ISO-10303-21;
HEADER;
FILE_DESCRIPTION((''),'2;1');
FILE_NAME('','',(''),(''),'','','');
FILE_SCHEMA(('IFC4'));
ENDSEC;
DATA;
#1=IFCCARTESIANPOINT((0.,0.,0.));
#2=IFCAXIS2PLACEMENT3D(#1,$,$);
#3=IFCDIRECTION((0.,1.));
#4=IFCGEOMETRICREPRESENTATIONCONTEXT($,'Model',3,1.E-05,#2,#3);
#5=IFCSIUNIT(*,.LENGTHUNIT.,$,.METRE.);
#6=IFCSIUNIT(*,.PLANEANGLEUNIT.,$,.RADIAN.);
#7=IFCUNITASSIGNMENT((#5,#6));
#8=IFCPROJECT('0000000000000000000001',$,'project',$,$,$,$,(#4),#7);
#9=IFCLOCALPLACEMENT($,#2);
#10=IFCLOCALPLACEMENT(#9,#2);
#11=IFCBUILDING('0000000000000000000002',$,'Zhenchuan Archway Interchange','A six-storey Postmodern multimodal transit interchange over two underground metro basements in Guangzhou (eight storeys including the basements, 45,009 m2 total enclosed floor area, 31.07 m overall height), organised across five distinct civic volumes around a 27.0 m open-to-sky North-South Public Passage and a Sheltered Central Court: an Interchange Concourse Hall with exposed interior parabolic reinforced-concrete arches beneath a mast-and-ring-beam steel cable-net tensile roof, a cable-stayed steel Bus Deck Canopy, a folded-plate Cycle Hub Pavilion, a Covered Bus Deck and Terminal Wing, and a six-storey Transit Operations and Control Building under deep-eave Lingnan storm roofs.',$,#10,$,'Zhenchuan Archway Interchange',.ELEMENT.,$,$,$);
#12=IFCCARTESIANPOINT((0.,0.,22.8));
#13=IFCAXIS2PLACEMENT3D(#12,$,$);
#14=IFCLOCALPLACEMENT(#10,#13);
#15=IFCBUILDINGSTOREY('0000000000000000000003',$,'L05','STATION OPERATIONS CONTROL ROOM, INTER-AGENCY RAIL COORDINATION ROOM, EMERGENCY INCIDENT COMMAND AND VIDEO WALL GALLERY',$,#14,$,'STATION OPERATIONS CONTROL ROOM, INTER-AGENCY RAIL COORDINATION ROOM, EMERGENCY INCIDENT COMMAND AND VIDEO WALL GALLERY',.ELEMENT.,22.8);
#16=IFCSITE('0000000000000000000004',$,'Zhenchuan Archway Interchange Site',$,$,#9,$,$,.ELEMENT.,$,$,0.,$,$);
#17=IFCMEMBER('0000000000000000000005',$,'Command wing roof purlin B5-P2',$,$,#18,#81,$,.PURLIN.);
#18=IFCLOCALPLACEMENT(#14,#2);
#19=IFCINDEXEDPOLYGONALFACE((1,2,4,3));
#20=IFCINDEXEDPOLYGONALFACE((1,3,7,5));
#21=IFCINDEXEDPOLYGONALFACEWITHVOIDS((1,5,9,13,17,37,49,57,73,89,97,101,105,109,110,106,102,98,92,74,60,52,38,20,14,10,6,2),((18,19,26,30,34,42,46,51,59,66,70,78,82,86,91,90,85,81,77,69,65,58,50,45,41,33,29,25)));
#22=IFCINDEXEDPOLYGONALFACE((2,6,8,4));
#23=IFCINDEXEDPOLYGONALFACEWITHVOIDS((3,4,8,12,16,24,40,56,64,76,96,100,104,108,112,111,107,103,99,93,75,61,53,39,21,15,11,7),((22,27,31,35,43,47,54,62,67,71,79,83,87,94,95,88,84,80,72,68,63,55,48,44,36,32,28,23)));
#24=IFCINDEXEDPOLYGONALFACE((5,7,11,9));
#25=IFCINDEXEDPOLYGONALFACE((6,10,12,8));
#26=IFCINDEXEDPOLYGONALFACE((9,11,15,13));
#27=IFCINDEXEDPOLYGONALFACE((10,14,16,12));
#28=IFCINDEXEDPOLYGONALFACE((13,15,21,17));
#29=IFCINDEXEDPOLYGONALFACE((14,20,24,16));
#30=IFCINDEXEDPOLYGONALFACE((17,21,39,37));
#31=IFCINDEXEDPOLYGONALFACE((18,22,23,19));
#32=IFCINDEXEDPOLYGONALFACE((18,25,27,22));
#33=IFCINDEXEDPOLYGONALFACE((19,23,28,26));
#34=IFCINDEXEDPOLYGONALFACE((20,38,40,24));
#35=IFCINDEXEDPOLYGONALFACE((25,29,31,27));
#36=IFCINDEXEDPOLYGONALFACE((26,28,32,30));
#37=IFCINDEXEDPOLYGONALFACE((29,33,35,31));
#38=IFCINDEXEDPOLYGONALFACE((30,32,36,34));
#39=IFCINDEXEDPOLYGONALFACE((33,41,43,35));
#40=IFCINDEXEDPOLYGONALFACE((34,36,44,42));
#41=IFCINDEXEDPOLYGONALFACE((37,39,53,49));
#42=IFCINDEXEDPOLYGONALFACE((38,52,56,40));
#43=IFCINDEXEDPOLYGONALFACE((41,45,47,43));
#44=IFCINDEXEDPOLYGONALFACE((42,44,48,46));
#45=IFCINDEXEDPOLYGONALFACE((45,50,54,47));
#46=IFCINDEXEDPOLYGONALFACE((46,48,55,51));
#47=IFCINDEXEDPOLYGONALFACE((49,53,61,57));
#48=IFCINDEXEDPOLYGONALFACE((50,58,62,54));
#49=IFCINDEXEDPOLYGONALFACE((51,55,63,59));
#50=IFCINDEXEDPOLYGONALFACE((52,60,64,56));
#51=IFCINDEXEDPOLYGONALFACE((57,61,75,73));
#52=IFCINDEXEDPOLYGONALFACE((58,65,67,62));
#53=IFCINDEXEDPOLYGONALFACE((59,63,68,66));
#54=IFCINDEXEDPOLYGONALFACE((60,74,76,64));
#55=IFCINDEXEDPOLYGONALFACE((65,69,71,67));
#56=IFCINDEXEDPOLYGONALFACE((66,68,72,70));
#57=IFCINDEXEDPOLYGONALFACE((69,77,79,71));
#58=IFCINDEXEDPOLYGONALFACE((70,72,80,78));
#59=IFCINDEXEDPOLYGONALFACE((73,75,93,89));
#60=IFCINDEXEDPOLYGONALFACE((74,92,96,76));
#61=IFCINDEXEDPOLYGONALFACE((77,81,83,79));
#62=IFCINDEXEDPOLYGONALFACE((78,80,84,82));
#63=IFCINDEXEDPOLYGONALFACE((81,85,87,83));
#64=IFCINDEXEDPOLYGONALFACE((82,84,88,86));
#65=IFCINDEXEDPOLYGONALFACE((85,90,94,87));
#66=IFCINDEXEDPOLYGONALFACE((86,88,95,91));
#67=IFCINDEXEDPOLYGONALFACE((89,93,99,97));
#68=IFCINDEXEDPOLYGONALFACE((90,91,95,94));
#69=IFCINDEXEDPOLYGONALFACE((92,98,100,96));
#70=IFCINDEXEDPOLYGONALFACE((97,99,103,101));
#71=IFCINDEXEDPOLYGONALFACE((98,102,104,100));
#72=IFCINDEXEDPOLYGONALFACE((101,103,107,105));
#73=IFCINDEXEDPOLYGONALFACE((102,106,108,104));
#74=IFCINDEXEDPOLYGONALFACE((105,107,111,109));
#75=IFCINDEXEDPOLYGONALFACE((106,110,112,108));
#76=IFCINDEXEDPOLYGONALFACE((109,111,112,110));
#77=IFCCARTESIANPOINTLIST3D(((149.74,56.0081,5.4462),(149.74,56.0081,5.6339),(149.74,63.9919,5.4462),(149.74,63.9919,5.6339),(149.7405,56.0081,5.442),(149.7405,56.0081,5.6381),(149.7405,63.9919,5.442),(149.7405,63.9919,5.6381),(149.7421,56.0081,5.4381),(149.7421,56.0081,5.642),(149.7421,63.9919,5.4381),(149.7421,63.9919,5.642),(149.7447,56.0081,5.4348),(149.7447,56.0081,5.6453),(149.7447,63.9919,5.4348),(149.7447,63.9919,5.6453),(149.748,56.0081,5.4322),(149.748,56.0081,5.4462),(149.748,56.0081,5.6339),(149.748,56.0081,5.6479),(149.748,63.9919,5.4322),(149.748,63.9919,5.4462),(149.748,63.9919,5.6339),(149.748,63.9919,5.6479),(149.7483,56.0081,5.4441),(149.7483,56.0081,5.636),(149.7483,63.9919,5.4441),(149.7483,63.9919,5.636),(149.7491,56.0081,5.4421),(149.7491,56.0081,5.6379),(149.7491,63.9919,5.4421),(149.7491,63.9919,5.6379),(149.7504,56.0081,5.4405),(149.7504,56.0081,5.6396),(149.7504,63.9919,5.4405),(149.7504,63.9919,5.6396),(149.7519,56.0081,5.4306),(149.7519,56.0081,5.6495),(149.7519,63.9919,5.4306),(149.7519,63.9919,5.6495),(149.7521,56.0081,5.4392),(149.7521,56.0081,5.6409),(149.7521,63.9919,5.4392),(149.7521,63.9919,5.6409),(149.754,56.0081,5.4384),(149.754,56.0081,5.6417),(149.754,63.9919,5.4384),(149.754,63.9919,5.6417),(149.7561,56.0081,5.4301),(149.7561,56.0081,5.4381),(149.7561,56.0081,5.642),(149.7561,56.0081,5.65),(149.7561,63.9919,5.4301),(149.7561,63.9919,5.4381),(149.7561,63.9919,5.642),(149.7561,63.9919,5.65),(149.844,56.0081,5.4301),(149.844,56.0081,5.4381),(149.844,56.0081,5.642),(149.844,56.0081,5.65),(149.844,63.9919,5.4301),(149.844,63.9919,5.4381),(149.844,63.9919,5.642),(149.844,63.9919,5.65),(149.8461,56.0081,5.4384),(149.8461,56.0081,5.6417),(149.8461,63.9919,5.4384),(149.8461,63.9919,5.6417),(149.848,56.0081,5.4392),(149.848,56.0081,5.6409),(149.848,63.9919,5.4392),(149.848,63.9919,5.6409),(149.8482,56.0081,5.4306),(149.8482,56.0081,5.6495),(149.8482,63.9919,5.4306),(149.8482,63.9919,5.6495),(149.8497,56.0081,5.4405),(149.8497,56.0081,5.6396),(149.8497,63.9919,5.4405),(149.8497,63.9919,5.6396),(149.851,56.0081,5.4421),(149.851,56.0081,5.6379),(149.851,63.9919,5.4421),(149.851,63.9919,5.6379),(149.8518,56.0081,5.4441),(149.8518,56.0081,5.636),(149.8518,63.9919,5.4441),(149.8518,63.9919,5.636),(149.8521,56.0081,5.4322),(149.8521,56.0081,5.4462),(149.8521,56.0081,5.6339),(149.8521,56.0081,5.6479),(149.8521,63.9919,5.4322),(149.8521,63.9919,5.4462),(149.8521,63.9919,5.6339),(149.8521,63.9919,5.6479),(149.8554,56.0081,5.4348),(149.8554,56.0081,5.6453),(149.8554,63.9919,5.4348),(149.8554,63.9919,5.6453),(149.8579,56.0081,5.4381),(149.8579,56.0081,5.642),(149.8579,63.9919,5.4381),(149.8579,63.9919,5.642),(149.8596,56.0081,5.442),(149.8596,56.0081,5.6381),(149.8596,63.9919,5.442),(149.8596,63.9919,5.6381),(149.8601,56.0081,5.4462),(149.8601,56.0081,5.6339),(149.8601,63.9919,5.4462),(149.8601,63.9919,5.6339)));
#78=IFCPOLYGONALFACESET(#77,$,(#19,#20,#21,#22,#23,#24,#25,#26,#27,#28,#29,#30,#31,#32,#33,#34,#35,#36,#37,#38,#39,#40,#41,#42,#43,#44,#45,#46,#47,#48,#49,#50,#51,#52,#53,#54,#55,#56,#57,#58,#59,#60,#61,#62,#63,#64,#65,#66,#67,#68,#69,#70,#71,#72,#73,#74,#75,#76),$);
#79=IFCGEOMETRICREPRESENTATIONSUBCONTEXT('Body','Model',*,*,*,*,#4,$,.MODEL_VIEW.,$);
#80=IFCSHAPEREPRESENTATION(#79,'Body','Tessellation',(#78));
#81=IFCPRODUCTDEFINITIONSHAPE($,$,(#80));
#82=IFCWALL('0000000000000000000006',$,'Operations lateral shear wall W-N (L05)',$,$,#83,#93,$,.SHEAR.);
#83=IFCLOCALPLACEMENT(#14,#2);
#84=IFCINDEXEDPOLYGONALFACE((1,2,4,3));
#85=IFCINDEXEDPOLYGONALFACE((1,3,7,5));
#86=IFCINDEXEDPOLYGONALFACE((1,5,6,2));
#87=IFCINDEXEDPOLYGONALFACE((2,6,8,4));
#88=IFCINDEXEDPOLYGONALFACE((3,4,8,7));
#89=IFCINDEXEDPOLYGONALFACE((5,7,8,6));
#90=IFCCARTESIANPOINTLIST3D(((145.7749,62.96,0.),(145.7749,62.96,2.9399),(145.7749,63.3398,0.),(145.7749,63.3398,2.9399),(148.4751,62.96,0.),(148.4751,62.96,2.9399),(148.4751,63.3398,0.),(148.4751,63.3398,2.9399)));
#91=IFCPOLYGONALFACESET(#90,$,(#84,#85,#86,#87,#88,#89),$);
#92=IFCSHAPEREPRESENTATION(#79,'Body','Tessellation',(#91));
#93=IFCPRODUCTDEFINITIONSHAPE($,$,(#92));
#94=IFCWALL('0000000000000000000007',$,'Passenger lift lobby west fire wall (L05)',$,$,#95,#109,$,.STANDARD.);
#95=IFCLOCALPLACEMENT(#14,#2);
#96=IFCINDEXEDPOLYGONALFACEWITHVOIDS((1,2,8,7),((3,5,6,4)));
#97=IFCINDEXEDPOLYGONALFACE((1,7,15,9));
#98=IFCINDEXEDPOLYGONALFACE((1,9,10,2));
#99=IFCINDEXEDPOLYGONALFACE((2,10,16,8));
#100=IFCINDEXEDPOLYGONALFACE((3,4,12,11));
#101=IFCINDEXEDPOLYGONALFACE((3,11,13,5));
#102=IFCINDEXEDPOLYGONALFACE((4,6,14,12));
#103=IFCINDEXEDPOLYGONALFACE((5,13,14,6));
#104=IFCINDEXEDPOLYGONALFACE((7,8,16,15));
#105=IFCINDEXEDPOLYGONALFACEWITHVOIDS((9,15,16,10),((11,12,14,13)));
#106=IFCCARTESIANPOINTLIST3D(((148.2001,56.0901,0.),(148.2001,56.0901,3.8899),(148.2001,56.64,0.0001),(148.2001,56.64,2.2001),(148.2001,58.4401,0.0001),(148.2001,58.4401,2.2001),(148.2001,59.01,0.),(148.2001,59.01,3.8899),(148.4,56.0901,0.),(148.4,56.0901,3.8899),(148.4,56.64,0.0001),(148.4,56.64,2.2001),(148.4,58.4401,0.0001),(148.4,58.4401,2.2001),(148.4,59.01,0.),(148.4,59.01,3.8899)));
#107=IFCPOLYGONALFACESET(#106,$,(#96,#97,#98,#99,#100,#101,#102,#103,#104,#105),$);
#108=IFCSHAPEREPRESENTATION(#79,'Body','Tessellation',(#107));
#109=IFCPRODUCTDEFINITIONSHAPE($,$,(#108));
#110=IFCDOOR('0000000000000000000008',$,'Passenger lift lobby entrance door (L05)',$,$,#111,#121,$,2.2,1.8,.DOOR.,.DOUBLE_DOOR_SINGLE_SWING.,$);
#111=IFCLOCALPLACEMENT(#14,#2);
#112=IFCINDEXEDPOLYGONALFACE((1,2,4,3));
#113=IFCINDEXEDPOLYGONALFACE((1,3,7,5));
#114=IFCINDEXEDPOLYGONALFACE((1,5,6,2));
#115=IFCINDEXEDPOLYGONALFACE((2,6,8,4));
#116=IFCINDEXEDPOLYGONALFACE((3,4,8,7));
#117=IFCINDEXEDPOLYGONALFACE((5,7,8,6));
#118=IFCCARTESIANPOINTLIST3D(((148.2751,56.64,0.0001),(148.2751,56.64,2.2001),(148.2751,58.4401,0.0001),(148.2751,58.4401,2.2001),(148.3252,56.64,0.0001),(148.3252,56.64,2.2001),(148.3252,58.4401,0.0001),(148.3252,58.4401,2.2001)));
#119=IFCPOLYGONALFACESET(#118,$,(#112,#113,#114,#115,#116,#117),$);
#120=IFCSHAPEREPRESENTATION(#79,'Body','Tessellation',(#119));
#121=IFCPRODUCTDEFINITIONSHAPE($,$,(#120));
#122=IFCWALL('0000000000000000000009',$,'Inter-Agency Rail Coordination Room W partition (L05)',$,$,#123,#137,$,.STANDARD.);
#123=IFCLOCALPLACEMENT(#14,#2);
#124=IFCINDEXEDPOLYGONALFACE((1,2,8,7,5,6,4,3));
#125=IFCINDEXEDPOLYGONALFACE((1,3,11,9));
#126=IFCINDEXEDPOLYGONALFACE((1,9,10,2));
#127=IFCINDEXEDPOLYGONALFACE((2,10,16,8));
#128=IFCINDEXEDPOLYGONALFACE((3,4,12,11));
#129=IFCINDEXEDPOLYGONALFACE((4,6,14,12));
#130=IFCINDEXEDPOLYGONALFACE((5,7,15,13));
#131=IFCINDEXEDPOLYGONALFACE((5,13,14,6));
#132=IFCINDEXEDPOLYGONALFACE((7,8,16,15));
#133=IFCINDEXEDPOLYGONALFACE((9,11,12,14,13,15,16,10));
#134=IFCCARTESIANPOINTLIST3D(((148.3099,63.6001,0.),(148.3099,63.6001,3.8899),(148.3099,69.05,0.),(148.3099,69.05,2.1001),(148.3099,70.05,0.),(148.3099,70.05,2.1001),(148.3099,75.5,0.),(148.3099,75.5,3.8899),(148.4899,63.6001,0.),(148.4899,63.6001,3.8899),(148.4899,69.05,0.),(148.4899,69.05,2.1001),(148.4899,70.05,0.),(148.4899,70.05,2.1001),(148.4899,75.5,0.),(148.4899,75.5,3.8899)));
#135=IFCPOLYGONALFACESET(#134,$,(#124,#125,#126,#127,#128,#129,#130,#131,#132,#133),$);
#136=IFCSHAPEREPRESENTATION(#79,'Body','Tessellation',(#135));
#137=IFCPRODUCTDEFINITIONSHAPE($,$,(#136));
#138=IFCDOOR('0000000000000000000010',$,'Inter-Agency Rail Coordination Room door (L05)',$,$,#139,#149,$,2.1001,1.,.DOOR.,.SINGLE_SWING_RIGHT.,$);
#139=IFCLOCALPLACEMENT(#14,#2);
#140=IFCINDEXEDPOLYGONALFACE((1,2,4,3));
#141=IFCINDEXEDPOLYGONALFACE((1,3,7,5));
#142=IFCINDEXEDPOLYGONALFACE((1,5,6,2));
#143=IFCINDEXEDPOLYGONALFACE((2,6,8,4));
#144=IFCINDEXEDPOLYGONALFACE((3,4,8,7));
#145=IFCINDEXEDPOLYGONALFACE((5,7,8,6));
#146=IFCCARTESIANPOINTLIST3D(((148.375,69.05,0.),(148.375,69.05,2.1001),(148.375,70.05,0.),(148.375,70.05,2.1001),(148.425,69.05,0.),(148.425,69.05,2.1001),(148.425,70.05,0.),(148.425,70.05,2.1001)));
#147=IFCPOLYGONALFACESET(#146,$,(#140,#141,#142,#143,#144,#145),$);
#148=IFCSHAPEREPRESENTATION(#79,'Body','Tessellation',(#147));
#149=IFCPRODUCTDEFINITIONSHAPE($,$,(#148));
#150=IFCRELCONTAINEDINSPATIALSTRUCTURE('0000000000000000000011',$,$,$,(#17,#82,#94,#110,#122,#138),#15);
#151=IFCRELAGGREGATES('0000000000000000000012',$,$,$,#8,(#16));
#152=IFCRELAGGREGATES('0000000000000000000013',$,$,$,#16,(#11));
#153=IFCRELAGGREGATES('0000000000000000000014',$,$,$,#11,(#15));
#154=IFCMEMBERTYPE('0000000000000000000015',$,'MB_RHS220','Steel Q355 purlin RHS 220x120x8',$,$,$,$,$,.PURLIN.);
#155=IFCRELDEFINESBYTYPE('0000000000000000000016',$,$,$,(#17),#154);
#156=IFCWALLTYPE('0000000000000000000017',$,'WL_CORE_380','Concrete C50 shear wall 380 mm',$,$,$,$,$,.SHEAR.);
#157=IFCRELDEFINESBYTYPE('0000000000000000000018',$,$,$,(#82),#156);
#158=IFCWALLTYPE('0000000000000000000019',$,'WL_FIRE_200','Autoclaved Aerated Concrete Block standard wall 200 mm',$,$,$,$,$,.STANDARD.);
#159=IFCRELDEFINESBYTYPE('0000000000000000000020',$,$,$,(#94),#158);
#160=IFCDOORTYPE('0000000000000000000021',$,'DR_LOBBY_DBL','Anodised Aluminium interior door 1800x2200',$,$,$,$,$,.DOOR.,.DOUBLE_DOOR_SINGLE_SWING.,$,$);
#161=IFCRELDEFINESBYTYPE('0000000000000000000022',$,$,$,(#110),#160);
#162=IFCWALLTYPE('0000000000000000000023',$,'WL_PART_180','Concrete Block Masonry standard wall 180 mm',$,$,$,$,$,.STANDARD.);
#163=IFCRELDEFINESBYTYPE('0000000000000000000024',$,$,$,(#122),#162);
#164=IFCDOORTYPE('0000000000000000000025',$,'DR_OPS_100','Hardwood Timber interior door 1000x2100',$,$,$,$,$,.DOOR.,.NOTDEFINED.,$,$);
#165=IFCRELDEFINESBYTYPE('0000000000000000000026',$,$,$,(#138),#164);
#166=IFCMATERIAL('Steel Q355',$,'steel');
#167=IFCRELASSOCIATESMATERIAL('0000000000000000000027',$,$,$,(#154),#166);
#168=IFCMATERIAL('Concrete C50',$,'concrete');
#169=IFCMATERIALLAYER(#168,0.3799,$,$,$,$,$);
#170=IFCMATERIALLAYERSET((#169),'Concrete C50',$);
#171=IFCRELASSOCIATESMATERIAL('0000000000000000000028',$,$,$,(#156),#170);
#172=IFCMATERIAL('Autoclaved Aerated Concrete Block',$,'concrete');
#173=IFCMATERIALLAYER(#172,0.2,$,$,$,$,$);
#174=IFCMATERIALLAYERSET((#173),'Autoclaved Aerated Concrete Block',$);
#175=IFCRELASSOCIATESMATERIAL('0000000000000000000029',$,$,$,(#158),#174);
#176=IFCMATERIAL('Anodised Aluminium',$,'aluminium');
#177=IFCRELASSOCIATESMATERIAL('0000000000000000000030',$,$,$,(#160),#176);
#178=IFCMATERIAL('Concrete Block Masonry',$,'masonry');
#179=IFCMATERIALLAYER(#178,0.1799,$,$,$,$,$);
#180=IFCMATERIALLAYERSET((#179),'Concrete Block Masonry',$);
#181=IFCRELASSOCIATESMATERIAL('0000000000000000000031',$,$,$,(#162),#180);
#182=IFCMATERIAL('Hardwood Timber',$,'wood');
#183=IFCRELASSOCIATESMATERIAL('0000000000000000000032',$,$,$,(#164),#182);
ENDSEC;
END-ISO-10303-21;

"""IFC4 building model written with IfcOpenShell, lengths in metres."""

from ifc_helpers import new_model, si_unit, direction, frame, frame_2d, origin, origin_2d, place, context, subcontext, project, spatial, rectangle, hollow_rectangle, extrude, material, layer, layer_set, material_profile, profile_set, type_object, element, fill, save


model = new_model("IFC4")

# Units and contexts
model_context = context("Model", 3, precision=1e-05, world=origin(), true_north=direction((0.0, 1.0)))
body_context = subcontext(model_context, "Body", "Model", "MODEL_VIEW")
ifc_project = project(units=[si_unit("LENGTHUNIT", "METRE"), si_unit("PLANEANGLEUNIT", "RADIAN")], contexts=[model_context])

# Site, building, storey
site_placement = place(None, origin())
site = spatial("IfcSite", under=ifc_project, at=site_placement, Name="Zhenchuan Archway Interchange Site", CompositionType="ELEMENT", RefElevation=0.0)
building_placement = place(site_placement, origin())
building = spatial("IfcBuilding", under=site, at=building_placement, Name="Zhenchuan Archway Interchange", Description="A six-storey Postmodern multimodal transit interchange over two underground metro basements in Guangzhou (eight storeys including the basements, 45,009 m2 total enclosed floor area, 31.07 m overall height), organised across five distinct civic volumes around a 27.0 m open-to-sky North-South Public Passage and a Sheltered Central Court: an Interchange Concourse Hall with exposed interior parabolic reinforced-concrete arches beneath a mast-and-ring-beam steel cable-net tensile roof, a cable-stayed steel Bus Deck Canopy, a folded-plate Cycle Hub Pavilion, a Covered Bus Deck and Terminal Wing, and a six-storey Transit Operations and Control Building under deep-eave Lingnan storm roofs.", LongName="Zhenchuan Archway Interchange", CompositionType="ELEMENT")
storey_placement = place(building_placement, frame((0.0, 0.0, 22.8)))
storey = spatial("IfcBuildingStorey", under=building, at=storey_placement, Name="L05", Description="STATION OPERATIONS CONTROL ROOM, INTER-AGENCY RAIL COORDINATION ROOM, EMERGENCY INCIDENT COMMAND AND VIDEO WALL GALLERY", LongName="STATION OPERATIONS CONTROL ROOM, INTER-AGENCY RAIL COORDINATION ROOM, EMERGENCY INCIDENT COMMAND AND VIDEO WALL GALLERY", CompositionType="ELEMENT", Elevation=22.8)

# Shared definitions
ifc_material_1 = material(Name="Steel Q355", Category="steel")

# Member
ifc_material_profile_1 = material_profile(ifc_material_1, hollow_rectangle(XDim=0.1201, YDim=0.22, WallThickness=0.0081, InnerFilletRadius=0.0081, OuterFilletRadius=0.0161, at=origin_2d()), Name="RHS 220x120x8")
ifc_profile_set_1 = profile_set([ifc_material_profile_1], Name="Steel Q355")
member_type_1 = type_object("IfcMemberType", Name="MB_RHS220", Description="Steel Q355 purlin RHS 220x120x8", PredefinedType="PURLIN", material=ifc_profile_set_1)
member_1_placement = place(storey_placement, frame((149.8, 56.0081, 5.54), z_axis=(0.0, 1.0, 0.0), x_axis=(-1.0, 0.0, 0.0)))
element("IfcMember", 1, at=member_1_placement, inside=storey, type_object=member_type_1, Name="Command wing roof purlin B5-P2", PredefinedType="PURLIN", context=body_context, shape_type="SweptSolid", body=[
    extrude(hollow_rectangle(XDim=0.1201, YDim=0.22, WallThickness=0.0081, InnerFilletRadius=0.0081, OuterFilletRadius=0.0161, at=origin_2d()), origin(), (0.0, 0.0, 1.0), 7.9839),
])

# Wall
ifc_material_2 = material(Name="Concrete C50", Category="concrete")
ifc_layer_1 = layer(ifc_material_2, 0.3799)
ifc_layer_set_1 = layer_set([ifc_layer_1], Name="Concrete C50")
wall_type_1 = type_object("IfcWallType", Name="WL_CORE_380", Description="Concrete C50 shear wall 380 mm", PredefinedType="SHEAR", material=ifc_layer_set_1)
wall_1_placement = place(storey_placement, frame((145.7749, 63.1499, 0.0), z_axis=(0.0, 0.0, 1.0), x_axis=(1.0, 0.0, 0.0)))
element("IfcWall", 2, at=wall_1_placement, inside=storey, type_object=wall_type_1, Name="Operations lateral shear wall W-N (L05)", PredefinedType="SHEAR", context=body_context, shape_type="SweptSolid", body=[
    extrude(rectangle(XDim=2.7002, YDim=0.3799, at=frame_2d((1.3501, 0.0))), origin(), (0.0, 0.0, 1.0), 2.9399),
])

# Walls, openings, doors
ifc_material_3 = material(Name="Autoclaved Aerated Concrete Block", Category="concrete")
ifc_layer_2 = layer(ifc_material_3, 0.2)
ifc_layer_set_2 = layer_set([ifc_layer_2], Name="Autoclaved Aerated Concrete Block")
wall_type_2 = type_object("IfcWallType", Name="WL_FIRE_200", Description="Autoclaved Aerated Concrete Block standard wall 200 mm", PredefinedType="STANDARD", material=ifc_layer_set_2)
wall_2_placement = place(storey_placement, frame((148.3, 56.0901, 0.0), z_axis=(0.0, 0.0, 1.0), x_axis=(0.0, 1.0, 0.0)))
wall_2 = element("IfcWall", 3, at=wall_2_placement, inside=storey, type_object=wall_type_2, Name="Passenger lift lobby west fire wall (L05)", PredefinedType="STANDARD", context=body_context, shape_type="SweptSolid", body=[
    extrude(rectangle(XDim=2.9199, YDim=0.2, at=frame_2d((1.46, 0.0))), origin(), (0.0, 0.0, 1.0), 3.8899),
])
opening_1_placement = place(wall_2_placement, frame((0.55, 0.0, 0.0)))
opening_1 = element("IfcOpeningElement", 4, at=opening_1_placement, cuts=wall_2, PredefinedType="OPENING", context=body_context, shape_type="SweptSolid", body=[
    extrude(rectangle(XDim=1.8, YDim=2.2, at=frame_2d((0.8999, 1.1001))), frame((0.0, 0.1118, 0.0), z_axis=(0.0, -1.0, 0.0), x_axis=(1.0, 0.0, 0.0)), (0.0, 0.0, 1.0), 0.2239),
])
ifc_material_4 = material(Name="Anodised Aluminium", Category="aluminium")
door_type_1 = type_object("IfcDoorType", Name="DR_LOBBY_DBL", Description="Anodised Aluminium interior door 1800x2200", OperationType="DOUBLE_DOOR_SINGLE_SWING", PredefinedType="DOOR", material=ifc_material_4)
door_1_placement = place(opening_1_placement, origin())
door_1 = element("IfcDoor", 5, at=door_1_placement, inside=storey, type_object=door_type_1, Name="Passenger lift lobby entrance door (L05)", OperationType="DOUBLE_DOOR_SINGLE_SWING", OverallHeight=2.2, OverallWidth=1.8, PredefinedType="DOOR", context=body_context, shape_type="SweptSolid", body=[
    extrude(rectangle(XDim=1.8, YDim=2.2, at=frame_2d((0.8999, 1.1001))), frame((0.0, 0.0249, 0.0), z_axis=(0.0, -1.0, 0.0), x_axis=(1.0, 0.0, 0.0)), (0.0, 0.0, 1.0), 0.05),
])
fill(opening_1, door_1)
ifc_material_5 = material(Name="Concrete Block Masonry", Category="masonry")
ifc_layer_3 = layer(ifc_material_5, 0.1799)
ifc_layer_set_3 = layer_set([ifc_layer_3], Name="Concrete Block Masonry")
wall_type_3 = type_object("IfcWallType", Name="WL_PART_180", Description="Concrete Block Masonry standard wall 180 mm", PredefinedType="STANDARD", material=ifc_layer_set_3)
wall_3_placement = place(storey_placement, frame((148.3999, 63.6001, 0.0), z_axis=(0.0, 0.0, 1.0), x_axis=(0.0, 1.0, 0.0)))
wall_3 = element("IfcWall", 6, at=wall_3_placement, inside=storey, type_object=wall_type_3, Name="Inter-Agency Rail Coordination Room W partition (L05)", PredefinedType="STANDARD", context=body_context, shape_type="SweptSolid", body=[
    extrude(rectangle(XDim=11.8999, YDim=0.1799, at=frame_2d((5.95, 0.0))), origin(), (0.0, 0.0, 1.0), 3.8899),
])
opening_2_placement = place(wall_3_placement, frame((5.45, 0.0, 0.0)))
opening_2 = element("IfcOpeningElement", 7, at=opening_2_placement, cuts=wall_3, PredefinedType="OPENING", context=body_context, shape_type="SweptSolid", body=[
    extrude(rectangle(XDim=1.0, YDim=2.1001, at=frame_2d((0.5, 1.05))), frame((0.0, 0.1021, 0.0), z_axis=(0.0, -1.0, 0.0), x_axis=(1.0, 0.0, 0.0)), (0.0, 0.0, 1.0), 0.2039),
])
ifc_material_6 = material(Name="Hardwood Timber", Category="wood")
door_type_2 = type_object("IfcDoorType", Name="DR_OPS_100", Description="Hardwood Timber interior door 1000x2100", OperationType="NOTDEFINED", PredefinedType="DOOR", material=ifc_material_6)
door_2_placement = place(opening_2_placement, origin())
door_2 = element("IfcDoor", 8, at=door_2_placement, inside=storey, type_object=door_type_2, Name="Inter-Agency Rail Coordination Room door (L05)", OperationType="SINGLE_SWING_RIGHT", OverallHeight=2.1001, OverallWidth=1.0, PredefinedType="DOOR", context=body_context, shape_type="SweptSolid", body=[
    extrude(rectangle(XDim=1.0, YDim=2.1001, at=frame_2d((0.5, 1.05))), frame((0.0, 0.0249, 0.0), z_axis=(0.0, -1.0, 0.0), x_axis=(1.0, 0.0, 0.0)), (0.0, 0.0, 1.0), 0.05),
])
fill(opening_2, door_2)

save(model, "model.ifc")
